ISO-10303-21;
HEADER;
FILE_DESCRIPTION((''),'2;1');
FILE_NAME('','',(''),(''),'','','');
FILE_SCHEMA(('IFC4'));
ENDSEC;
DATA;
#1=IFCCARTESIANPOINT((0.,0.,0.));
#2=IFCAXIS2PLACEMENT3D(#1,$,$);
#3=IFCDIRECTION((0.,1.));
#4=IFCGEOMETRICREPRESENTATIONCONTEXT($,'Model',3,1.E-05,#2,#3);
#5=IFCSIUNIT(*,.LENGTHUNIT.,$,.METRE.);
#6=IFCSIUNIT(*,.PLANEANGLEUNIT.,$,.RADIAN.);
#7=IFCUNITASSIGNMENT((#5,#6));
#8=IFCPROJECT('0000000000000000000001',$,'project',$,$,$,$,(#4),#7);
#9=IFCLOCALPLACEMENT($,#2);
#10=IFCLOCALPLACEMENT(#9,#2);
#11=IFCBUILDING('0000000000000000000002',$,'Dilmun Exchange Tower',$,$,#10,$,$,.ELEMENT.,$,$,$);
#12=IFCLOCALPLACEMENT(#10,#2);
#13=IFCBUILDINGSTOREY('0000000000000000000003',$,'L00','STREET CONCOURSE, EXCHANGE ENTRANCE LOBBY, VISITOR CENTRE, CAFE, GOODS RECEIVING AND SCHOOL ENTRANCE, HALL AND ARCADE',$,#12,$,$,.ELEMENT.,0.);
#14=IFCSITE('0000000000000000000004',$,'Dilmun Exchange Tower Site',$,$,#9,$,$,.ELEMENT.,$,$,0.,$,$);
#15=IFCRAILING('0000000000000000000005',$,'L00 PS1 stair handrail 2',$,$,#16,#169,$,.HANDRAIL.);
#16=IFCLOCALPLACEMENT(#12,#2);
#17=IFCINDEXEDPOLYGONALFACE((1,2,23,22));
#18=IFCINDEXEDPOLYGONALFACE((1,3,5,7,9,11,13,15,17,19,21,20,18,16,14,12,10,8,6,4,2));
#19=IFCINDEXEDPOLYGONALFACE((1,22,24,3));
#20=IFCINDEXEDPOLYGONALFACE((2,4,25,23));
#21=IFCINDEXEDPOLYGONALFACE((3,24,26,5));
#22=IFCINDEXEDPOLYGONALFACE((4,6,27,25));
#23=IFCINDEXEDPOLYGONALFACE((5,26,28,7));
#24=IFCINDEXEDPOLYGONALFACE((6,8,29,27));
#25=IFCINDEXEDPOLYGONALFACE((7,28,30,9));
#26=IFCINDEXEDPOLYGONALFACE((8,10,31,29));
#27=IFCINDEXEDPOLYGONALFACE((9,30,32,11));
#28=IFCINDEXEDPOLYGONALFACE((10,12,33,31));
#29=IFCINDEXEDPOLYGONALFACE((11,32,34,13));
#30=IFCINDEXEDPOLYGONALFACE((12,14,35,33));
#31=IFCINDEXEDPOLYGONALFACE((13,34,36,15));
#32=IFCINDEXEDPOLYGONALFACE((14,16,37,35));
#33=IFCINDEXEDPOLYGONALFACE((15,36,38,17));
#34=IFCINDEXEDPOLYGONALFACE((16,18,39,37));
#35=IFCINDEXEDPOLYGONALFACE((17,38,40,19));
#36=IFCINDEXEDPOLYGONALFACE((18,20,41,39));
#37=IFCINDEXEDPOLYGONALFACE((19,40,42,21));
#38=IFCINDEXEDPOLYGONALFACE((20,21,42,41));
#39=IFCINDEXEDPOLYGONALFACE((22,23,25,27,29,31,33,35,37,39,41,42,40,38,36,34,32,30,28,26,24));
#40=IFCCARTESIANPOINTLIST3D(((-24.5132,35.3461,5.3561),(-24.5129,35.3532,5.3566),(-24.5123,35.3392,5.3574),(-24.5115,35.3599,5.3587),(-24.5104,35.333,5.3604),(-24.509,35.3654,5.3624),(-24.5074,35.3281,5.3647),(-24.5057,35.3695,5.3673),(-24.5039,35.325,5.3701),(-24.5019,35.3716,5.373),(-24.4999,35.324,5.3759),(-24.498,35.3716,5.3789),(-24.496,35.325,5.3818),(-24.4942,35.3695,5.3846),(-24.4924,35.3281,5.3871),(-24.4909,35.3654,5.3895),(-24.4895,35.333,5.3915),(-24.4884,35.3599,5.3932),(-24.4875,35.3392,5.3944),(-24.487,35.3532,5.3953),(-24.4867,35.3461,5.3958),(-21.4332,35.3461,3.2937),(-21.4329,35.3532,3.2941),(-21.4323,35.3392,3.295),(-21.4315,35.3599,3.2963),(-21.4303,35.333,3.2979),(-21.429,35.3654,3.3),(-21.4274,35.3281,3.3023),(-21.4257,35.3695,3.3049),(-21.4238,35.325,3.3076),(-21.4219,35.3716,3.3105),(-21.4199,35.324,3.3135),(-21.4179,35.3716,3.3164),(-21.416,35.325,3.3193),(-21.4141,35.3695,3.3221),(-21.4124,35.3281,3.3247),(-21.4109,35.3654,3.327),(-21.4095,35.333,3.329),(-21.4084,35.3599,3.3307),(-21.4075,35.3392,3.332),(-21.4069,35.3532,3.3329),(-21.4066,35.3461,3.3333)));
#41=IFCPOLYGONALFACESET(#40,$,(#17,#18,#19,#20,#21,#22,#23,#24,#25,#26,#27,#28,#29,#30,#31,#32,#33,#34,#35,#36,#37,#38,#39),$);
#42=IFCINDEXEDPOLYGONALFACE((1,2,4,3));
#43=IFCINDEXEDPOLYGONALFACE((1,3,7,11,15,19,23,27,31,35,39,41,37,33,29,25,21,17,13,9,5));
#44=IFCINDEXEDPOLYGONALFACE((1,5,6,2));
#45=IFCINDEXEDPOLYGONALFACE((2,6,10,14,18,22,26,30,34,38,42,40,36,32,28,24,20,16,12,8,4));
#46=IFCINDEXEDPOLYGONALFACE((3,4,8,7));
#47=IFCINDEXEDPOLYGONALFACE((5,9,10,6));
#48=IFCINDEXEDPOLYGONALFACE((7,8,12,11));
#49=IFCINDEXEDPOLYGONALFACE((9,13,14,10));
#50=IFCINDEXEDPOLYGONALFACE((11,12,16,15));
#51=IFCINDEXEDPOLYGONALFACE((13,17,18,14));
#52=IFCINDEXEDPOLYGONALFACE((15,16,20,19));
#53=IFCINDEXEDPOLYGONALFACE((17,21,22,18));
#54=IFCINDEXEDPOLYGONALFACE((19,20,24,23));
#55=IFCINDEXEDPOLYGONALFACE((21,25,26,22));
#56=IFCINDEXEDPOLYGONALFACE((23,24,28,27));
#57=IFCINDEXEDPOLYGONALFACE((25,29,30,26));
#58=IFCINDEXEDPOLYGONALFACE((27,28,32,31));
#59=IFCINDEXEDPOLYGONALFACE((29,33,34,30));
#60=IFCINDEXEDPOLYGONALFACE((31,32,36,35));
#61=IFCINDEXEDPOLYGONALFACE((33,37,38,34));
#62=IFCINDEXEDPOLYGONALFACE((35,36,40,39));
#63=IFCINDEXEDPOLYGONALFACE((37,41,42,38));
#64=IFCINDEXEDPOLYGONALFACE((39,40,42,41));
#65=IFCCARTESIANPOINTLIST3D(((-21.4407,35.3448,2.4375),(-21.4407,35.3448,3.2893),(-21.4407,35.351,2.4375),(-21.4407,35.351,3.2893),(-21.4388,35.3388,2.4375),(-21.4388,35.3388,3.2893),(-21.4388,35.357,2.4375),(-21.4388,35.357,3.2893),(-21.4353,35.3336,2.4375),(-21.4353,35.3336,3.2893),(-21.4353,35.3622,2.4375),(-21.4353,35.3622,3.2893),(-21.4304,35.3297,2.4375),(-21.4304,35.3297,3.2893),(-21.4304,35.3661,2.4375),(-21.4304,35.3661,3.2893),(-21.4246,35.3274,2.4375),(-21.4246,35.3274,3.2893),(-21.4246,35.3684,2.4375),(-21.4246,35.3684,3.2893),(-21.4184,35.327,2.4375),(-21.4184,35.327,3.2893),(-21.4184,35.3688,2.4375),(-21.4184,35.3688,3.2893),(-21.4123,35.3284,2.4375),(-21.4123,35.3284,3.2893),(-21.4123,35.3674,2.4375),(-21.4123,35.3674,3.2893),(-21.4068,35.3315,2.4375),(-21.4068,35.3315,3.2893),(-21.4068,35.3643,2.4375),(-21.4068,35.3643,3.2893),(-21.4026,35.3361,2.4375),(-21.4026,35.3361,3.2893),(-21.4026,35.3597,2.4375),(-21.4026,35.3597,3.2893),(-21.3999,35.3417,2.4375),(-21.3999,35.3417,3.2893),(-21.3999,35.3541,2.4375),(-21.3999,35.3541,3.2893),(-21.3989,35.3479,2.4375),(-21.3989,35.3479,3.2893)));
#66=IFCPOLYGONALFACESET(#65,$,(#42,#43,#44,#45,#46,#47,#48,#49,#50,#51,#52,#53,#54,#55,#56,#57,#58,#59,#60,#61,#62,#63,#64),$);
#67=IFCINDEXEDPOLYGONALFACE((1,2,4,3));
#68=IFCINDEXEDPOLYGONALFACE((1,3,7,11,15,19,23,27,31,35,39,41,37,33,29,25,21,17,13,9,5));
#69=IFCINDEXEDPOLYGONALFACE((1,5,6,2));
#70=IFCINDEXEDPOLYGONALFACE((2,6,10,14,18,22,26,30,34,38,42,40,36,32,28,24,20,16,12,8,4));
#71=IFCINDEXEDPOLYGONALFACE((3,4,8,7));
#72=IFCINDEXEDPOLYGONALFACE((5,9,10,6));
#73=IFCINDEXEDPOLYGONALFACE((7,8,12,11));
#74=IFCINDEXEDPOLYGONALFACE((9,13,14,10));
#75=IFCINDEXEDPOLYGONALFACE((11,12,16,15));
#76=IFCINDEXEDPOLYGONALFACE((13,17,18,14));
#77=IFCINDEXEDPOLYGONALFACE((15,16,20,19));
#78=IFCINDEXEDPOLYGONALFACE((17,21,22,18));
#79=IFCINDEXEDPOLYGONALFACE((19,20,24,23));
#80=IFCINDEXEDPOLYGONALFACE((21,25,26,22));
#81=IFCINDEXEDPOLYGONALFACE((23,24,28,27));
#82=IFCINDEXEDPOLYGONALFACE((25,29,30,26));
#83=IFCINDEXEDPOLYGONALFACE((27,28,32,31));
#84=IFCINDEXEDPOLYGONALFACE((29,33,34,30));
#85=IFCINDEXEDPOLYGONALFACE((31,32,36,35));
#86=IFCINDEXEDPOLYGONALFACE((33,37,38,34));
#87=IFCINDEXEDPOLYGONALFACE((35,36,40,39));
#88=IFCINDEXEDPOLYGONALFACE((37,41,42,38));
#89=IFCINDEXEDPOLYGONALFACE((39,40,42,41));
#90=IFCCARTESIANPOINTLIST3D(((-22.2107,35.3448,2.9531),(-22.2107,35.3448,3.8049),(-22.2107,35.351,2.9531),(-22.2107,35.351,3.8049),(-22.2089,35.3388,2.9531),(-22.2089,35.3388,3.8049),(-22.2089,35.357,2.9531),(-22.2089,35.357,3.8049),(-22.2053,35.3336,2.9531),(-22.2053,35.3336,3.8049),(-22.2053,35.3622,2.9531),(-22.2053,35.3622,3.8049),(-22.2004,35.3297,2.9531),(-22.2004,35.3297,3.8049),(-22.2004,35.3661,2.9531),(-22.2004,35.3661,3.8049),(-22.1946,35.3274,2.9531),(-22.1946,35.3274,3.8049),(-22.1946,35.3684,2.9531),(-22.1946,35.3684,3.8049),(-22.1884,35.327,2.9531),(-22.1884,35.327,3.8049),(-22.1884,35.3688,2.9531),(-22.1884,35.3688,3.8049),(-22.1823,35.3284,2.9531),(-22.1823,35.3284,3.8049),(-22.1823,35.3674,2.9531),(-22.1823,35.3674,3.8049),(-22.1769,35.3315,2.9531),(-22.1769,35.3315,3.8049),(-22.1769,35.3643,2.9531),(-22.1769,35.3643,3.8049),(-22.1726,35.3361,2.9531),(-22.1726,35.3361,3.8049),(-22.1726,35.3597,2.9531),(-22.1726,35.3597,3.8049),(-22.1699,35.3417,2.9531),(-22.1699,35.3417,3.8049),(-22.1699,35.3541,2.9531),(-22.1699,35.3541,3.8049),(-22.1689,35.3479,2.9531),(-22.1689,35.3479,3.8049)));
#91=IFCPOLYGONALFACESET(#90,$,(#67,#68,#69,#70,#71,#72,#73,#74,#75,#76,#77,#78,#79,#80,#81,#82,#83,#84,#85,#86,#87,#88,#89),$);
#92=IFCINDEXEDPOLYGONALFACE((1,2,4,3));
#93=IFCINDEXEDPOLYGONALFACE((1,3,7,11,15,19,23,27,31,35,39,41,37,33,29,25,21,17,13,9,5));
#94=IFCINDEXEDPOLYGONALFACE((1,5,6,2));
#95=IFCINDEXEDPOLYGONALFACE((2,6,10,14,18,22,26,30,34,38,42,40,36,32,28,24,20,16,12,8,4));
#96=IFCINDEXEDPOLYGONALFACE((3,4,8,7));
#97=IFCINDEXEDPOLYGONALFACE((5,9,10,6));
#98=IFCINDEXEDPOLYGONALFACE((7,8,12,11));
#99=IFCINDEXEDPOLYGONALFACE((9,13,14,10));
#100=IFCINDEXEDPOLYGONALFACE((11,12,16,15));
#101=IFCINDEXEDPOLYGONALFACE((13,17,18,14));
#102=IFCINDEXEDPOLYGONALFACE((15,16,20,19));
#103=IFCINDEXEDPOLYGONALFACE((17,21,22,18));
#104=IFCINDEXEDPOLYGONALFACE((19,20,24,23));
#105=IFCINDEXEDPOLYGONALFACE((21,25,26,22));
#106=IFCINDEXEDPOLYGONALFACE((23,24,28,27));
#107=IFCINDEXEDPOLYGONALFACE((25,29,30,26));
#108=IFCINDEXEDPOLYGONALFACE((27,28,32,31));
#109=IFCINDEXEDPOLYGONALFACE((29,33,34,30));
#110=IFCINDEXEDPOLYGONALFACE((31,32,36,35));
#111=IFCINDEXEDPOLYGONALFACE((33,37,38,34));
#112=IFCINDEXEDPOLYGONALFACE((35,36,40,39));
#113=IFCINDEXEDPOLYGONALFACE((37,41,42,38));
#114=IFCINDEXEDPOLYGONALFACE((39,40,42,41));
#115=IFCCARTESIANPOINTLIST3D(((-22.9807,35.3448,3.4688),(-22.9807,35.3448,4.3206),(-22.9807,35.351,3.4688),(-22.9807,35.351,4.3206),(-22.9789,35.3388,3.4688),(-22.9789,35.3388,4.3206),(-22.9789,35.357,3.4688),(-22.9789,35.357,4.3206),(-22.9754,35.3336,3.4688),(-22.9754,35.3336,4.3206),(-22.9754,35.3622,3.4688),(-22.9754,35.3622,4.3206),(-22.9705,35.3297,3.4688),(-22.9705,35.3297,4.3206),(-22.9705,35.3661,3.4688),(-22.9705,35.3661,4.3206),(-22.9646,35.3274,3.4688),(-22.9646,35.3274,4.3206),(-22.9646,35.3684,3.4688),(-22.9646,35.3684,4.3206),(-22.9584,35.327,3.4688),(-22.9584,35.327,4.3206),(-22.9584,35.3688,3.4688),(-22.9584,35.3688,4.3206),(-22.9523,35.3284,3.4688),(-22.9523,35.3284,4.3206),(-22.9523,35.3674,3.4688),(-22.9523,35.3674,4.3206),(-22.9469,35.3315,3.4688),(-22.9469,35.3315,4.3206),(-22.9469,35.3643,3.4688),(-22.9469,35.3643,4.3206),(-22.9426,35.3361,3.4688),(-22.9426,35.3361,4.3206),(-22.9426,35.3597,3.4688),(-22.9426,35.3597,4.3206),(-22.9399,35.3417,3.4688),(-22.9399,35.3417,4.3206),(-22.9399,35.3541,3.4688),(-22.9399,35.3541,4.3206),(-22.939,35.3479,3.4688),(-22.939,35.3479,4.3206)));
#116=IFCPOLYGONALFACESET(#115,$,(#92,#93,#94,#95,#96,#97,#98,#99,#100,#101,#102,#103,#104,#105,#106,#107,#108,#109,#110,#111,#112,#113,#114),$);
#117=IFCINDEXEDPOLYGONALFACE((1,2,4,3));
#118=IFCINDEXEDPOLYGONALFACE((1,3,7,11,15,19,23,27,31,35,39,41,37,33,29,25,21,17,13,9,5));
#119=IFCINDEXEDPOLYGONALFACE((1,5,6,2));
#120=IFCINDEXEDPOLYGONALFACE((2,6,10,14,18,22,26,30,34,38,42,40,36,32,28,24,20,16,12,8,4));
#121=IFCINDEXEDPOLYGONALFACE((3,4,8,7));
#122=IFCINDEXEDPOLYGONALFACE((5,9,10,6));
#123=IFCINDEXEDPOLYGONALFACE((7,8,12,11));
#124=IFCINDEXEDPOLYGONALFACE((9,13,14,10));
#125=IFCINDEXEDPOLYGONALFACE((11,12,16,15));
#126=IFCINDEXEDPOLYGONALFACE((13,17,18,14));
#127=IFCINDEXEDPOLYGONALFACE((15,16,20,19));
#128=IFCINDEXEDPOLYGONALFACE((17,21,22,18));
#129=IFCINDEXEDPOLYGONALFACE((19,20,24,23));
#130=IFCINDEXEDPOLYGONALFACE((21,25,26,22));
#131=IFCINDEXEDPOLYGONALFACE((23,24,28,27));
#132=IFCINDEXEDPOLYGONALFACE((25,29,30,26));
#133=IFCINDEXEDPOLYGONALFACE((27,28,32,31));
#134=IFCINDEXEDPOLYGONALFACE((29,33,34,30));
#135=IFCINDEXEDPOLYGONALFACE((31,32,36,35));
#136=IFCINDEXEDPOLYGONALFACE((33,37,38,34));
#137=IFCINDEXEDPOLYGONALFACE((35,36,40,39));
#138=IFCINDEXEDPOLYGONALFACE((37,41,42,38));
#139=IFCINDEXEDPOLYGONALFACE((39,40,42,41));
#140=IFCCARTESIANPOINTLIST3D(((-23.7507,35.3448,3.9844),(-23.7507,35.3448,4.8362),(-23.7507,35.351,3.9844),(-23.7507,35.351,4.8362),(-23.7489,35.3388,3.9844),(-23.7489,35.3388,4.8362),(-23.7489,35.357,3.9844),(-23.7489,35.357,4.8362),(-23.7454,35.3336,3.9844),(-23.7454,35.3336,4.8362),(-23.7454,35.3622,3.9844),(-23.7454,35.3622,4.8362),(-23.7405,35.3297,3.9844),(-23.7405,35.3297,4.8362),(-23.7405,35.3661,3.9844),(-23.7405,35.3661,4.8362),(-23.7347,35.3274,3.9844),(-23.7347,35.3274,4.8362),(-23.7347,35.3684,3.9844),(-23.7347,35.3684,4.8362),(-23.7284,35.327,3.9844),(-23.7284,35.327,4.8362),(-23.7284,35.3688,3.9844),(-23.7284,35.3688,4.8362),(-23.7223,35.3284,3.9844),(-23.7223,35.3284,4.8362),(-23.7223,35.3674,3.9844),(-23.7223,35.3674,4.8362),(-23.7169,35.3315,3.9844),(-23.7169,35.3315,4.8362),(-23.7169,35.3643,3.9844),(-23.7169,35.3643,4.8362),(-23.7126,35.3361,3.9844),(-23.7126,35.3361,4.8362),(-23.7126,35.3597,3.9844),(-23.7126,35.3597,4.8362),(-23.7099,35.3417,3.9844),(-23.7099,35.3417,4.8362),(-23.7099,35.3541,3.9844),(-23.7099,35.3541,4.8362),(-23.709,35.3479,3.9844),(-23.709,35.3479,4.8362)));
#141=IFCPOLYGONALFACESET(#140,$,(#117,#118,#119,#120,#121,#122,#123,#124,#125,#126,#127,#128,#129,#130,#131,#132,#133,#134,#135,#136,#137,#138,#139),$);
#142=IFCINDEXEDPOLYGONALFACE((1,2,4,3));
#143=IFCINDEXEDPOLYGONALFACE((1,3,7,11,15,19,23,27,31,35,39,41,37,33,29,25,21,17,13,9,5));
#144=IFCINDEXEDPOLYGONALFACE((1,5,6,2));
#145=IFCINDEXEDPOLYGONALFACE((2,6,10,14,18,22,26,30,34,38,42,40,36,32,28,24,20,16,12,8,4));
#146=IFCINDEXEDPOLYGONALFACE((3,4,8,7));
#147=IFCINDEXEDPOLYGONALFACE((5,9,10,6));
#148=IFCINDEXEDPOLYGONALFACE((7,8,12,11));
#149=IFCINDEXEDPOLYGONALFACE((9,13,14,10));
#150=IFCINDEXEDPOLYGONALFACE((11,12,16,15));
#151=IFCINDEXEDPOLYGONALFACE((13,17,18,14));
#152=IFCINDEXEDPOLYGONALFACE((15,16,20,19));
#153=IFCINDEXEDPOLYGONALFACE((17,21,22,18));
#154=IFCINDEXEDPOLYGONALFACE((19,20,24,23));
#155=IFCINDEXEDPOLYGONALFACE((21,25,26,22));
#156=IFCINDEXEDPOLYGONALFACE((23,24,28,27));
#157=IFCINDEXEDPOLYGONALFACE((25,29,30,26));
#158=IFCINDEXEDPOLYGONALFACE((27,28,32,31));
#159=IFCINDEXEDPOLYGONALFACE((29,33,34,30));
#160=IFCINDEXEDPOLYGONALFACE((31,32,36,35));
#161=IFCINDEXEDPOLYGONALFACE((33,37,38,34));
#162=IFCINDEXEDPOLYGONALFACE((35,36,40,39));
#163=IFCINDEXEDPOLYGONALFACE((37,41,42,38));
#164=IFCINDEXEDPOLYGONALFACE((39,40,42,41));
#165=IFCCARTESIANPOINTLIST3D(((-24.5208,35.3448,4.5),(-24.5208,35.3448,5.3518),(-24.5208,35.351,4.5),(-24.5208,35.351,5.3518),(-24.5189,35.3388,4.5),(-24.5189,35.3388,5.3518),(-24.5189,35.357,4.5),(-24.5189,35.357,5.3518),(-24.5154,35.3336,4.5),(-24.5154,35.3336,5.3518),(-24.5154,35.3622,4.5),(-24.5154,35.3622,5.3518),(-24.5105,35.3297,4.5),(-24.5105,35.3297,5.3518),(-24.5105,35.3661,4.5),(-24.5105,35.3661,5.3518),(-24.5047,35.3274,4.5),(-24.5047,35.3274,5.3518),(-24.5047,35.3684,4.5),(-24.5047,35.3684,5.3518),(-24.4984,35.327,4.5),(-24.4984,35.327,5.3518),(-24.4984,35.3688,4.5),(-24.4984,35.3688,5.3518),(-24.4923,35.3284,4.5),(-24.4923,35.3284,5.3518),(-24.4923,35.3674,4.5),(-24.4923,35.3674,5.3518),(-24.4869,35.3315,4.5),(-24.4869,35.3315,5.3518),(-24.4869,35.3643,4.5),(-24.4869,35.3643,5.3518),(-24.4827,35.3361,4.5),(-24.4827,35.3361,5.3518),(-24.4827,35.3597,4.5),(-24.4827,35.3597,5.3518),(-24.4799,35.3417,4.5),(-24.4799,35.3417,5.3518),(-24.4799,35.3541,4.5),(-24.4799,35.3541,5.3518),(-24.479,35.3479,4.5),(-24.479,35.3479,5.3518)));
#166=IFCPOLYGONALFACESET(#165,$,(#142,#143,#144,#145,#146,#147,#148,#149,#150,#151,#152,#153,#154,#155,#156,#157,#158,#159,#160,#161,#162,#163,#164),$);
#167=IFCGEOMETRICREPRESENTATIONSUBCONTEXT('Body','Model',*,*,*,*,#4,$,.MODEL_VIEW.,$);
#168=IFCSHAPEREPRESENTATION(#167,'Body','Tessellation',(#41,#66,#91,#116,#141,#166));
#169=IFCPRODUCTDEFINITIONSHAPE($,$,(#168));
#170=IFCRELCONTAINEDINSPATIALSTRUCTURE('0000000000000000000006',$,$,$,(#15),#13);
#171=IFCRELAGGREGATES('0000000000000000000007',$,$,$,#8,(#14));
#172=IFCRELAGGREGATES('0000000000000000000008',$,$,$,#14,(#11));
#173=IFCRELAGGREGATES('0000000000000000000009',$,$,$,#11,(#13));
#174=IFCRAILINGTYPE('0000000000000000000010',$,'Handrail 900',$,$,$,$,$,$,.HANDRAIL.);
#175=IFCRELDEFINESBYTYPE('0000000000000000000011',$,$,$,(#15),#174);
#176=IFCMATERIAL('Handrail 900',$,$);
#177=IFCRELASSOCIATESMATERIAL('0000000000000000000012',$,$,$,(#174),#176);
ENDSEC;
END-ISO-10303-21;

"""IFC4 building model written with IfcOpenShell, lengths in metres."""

from ifc_helpers import new_model, si_unit, direction, frame, origin, origin_2d, place, context, subcontext, project, spatial, circle, extrude, material, type_object, element, save


model = new_model("IFC4")

# Units and contexts
model_context = context("Model", 3, precision=1e-05, world=origin(), true_north=direction((0.0, 1.0)))
body_context = subcontext(model_context, "Body", "Model", "MODEL_VIEW")
ifc_project = project(units=[si_unit("LENGTHUNIT", "METRE"), si_unit("PLANEANGLEUNIT", "RADIAN")], contexts=[model_context])

# Site, building, storey
site_placement = place(None, origin())
site = spatial("IfcSite", under=ifc_project, at=site_placement, Name="Dilmun Exchange Tower Site", CompositionType="ELEMENT", RefElevation=0.0)
building_placement = place(site_placement, origin())
building = spatial("IfcBuilding", under=site, at=building_placement, Name="Dilmun Exchange Tower", CompositionType="ELEMENT")
storey_placement = place(building_placement, origin())
storey = spatial("IfcBuildingStorey", under=building, at=storey_placement, Name="L00", Description="STREET CONCOURSE, EXCHANGE ENTRANCE LOBBY, VISITOR CENTRE, CAFE, GOODS RECEIVING AND SCHOOL ENTRANCE, HALL AND ARCADE", CompositionType="ELEMENT", Elevation=0.0)

# Railing
ifc_material_1 = material(Name="Handrail 900")
railing_type_1 = type_object("IfcRailingType", Name="Handrail 900", PredefinedType="HANDRAIL", material=ifc_material_1)
railing_1_placement = place(storey_placement, frame((-21.4199, 35.3479, 2.4375)))
element("IfcRailing", 1, at=railing_1_placement, inside=storey, type_object=railing_type_1, Name="L00 PS1 stair handrail 2", PredefinedType="HANDRAIL", context=body_context, shape_type="SweptSolid", body=[
    extrude(circle(Radius=0.0239, at=origin_2d()), frame((0.0, 0.0, 0.876), z_axis=(-0.830914, 0.0, 0.556401), x_axis=(0.0, -1.0, 0.0)), (0.0, 0.0, 1.0), 3.7068),
    extrude(circle(Radius=0.021, at=origin_2d()), origin(), (0.0, 0.0, 1.0), 0.8518),
    extrude(circle(Radius=0.021, at=origin_2d()), frame((-0.77, 0.0, 0.5156)), (0.0, 0.0, 1.0), 0.8518),
    extrude(circle(Radius=0.021, at=origin_2d()), frame((-1.54, 0.0, 1.0312)), (0.0, 0.0, 1.0), 0.8518),
    extrude(circle(Radius=0.021, at=origin_2d()), frame((-2.3101, 0.0, 1.5469)), (0.0, 0.0, 1.0), 0.8518),
    extrude(circle(Radius=0.021, at=origin_2d()), frame((-3.0801, 0.0, 2.0625)), (0.0, 0.0, 1.0), 0.8518),
])

save(model, "model.ifc")
